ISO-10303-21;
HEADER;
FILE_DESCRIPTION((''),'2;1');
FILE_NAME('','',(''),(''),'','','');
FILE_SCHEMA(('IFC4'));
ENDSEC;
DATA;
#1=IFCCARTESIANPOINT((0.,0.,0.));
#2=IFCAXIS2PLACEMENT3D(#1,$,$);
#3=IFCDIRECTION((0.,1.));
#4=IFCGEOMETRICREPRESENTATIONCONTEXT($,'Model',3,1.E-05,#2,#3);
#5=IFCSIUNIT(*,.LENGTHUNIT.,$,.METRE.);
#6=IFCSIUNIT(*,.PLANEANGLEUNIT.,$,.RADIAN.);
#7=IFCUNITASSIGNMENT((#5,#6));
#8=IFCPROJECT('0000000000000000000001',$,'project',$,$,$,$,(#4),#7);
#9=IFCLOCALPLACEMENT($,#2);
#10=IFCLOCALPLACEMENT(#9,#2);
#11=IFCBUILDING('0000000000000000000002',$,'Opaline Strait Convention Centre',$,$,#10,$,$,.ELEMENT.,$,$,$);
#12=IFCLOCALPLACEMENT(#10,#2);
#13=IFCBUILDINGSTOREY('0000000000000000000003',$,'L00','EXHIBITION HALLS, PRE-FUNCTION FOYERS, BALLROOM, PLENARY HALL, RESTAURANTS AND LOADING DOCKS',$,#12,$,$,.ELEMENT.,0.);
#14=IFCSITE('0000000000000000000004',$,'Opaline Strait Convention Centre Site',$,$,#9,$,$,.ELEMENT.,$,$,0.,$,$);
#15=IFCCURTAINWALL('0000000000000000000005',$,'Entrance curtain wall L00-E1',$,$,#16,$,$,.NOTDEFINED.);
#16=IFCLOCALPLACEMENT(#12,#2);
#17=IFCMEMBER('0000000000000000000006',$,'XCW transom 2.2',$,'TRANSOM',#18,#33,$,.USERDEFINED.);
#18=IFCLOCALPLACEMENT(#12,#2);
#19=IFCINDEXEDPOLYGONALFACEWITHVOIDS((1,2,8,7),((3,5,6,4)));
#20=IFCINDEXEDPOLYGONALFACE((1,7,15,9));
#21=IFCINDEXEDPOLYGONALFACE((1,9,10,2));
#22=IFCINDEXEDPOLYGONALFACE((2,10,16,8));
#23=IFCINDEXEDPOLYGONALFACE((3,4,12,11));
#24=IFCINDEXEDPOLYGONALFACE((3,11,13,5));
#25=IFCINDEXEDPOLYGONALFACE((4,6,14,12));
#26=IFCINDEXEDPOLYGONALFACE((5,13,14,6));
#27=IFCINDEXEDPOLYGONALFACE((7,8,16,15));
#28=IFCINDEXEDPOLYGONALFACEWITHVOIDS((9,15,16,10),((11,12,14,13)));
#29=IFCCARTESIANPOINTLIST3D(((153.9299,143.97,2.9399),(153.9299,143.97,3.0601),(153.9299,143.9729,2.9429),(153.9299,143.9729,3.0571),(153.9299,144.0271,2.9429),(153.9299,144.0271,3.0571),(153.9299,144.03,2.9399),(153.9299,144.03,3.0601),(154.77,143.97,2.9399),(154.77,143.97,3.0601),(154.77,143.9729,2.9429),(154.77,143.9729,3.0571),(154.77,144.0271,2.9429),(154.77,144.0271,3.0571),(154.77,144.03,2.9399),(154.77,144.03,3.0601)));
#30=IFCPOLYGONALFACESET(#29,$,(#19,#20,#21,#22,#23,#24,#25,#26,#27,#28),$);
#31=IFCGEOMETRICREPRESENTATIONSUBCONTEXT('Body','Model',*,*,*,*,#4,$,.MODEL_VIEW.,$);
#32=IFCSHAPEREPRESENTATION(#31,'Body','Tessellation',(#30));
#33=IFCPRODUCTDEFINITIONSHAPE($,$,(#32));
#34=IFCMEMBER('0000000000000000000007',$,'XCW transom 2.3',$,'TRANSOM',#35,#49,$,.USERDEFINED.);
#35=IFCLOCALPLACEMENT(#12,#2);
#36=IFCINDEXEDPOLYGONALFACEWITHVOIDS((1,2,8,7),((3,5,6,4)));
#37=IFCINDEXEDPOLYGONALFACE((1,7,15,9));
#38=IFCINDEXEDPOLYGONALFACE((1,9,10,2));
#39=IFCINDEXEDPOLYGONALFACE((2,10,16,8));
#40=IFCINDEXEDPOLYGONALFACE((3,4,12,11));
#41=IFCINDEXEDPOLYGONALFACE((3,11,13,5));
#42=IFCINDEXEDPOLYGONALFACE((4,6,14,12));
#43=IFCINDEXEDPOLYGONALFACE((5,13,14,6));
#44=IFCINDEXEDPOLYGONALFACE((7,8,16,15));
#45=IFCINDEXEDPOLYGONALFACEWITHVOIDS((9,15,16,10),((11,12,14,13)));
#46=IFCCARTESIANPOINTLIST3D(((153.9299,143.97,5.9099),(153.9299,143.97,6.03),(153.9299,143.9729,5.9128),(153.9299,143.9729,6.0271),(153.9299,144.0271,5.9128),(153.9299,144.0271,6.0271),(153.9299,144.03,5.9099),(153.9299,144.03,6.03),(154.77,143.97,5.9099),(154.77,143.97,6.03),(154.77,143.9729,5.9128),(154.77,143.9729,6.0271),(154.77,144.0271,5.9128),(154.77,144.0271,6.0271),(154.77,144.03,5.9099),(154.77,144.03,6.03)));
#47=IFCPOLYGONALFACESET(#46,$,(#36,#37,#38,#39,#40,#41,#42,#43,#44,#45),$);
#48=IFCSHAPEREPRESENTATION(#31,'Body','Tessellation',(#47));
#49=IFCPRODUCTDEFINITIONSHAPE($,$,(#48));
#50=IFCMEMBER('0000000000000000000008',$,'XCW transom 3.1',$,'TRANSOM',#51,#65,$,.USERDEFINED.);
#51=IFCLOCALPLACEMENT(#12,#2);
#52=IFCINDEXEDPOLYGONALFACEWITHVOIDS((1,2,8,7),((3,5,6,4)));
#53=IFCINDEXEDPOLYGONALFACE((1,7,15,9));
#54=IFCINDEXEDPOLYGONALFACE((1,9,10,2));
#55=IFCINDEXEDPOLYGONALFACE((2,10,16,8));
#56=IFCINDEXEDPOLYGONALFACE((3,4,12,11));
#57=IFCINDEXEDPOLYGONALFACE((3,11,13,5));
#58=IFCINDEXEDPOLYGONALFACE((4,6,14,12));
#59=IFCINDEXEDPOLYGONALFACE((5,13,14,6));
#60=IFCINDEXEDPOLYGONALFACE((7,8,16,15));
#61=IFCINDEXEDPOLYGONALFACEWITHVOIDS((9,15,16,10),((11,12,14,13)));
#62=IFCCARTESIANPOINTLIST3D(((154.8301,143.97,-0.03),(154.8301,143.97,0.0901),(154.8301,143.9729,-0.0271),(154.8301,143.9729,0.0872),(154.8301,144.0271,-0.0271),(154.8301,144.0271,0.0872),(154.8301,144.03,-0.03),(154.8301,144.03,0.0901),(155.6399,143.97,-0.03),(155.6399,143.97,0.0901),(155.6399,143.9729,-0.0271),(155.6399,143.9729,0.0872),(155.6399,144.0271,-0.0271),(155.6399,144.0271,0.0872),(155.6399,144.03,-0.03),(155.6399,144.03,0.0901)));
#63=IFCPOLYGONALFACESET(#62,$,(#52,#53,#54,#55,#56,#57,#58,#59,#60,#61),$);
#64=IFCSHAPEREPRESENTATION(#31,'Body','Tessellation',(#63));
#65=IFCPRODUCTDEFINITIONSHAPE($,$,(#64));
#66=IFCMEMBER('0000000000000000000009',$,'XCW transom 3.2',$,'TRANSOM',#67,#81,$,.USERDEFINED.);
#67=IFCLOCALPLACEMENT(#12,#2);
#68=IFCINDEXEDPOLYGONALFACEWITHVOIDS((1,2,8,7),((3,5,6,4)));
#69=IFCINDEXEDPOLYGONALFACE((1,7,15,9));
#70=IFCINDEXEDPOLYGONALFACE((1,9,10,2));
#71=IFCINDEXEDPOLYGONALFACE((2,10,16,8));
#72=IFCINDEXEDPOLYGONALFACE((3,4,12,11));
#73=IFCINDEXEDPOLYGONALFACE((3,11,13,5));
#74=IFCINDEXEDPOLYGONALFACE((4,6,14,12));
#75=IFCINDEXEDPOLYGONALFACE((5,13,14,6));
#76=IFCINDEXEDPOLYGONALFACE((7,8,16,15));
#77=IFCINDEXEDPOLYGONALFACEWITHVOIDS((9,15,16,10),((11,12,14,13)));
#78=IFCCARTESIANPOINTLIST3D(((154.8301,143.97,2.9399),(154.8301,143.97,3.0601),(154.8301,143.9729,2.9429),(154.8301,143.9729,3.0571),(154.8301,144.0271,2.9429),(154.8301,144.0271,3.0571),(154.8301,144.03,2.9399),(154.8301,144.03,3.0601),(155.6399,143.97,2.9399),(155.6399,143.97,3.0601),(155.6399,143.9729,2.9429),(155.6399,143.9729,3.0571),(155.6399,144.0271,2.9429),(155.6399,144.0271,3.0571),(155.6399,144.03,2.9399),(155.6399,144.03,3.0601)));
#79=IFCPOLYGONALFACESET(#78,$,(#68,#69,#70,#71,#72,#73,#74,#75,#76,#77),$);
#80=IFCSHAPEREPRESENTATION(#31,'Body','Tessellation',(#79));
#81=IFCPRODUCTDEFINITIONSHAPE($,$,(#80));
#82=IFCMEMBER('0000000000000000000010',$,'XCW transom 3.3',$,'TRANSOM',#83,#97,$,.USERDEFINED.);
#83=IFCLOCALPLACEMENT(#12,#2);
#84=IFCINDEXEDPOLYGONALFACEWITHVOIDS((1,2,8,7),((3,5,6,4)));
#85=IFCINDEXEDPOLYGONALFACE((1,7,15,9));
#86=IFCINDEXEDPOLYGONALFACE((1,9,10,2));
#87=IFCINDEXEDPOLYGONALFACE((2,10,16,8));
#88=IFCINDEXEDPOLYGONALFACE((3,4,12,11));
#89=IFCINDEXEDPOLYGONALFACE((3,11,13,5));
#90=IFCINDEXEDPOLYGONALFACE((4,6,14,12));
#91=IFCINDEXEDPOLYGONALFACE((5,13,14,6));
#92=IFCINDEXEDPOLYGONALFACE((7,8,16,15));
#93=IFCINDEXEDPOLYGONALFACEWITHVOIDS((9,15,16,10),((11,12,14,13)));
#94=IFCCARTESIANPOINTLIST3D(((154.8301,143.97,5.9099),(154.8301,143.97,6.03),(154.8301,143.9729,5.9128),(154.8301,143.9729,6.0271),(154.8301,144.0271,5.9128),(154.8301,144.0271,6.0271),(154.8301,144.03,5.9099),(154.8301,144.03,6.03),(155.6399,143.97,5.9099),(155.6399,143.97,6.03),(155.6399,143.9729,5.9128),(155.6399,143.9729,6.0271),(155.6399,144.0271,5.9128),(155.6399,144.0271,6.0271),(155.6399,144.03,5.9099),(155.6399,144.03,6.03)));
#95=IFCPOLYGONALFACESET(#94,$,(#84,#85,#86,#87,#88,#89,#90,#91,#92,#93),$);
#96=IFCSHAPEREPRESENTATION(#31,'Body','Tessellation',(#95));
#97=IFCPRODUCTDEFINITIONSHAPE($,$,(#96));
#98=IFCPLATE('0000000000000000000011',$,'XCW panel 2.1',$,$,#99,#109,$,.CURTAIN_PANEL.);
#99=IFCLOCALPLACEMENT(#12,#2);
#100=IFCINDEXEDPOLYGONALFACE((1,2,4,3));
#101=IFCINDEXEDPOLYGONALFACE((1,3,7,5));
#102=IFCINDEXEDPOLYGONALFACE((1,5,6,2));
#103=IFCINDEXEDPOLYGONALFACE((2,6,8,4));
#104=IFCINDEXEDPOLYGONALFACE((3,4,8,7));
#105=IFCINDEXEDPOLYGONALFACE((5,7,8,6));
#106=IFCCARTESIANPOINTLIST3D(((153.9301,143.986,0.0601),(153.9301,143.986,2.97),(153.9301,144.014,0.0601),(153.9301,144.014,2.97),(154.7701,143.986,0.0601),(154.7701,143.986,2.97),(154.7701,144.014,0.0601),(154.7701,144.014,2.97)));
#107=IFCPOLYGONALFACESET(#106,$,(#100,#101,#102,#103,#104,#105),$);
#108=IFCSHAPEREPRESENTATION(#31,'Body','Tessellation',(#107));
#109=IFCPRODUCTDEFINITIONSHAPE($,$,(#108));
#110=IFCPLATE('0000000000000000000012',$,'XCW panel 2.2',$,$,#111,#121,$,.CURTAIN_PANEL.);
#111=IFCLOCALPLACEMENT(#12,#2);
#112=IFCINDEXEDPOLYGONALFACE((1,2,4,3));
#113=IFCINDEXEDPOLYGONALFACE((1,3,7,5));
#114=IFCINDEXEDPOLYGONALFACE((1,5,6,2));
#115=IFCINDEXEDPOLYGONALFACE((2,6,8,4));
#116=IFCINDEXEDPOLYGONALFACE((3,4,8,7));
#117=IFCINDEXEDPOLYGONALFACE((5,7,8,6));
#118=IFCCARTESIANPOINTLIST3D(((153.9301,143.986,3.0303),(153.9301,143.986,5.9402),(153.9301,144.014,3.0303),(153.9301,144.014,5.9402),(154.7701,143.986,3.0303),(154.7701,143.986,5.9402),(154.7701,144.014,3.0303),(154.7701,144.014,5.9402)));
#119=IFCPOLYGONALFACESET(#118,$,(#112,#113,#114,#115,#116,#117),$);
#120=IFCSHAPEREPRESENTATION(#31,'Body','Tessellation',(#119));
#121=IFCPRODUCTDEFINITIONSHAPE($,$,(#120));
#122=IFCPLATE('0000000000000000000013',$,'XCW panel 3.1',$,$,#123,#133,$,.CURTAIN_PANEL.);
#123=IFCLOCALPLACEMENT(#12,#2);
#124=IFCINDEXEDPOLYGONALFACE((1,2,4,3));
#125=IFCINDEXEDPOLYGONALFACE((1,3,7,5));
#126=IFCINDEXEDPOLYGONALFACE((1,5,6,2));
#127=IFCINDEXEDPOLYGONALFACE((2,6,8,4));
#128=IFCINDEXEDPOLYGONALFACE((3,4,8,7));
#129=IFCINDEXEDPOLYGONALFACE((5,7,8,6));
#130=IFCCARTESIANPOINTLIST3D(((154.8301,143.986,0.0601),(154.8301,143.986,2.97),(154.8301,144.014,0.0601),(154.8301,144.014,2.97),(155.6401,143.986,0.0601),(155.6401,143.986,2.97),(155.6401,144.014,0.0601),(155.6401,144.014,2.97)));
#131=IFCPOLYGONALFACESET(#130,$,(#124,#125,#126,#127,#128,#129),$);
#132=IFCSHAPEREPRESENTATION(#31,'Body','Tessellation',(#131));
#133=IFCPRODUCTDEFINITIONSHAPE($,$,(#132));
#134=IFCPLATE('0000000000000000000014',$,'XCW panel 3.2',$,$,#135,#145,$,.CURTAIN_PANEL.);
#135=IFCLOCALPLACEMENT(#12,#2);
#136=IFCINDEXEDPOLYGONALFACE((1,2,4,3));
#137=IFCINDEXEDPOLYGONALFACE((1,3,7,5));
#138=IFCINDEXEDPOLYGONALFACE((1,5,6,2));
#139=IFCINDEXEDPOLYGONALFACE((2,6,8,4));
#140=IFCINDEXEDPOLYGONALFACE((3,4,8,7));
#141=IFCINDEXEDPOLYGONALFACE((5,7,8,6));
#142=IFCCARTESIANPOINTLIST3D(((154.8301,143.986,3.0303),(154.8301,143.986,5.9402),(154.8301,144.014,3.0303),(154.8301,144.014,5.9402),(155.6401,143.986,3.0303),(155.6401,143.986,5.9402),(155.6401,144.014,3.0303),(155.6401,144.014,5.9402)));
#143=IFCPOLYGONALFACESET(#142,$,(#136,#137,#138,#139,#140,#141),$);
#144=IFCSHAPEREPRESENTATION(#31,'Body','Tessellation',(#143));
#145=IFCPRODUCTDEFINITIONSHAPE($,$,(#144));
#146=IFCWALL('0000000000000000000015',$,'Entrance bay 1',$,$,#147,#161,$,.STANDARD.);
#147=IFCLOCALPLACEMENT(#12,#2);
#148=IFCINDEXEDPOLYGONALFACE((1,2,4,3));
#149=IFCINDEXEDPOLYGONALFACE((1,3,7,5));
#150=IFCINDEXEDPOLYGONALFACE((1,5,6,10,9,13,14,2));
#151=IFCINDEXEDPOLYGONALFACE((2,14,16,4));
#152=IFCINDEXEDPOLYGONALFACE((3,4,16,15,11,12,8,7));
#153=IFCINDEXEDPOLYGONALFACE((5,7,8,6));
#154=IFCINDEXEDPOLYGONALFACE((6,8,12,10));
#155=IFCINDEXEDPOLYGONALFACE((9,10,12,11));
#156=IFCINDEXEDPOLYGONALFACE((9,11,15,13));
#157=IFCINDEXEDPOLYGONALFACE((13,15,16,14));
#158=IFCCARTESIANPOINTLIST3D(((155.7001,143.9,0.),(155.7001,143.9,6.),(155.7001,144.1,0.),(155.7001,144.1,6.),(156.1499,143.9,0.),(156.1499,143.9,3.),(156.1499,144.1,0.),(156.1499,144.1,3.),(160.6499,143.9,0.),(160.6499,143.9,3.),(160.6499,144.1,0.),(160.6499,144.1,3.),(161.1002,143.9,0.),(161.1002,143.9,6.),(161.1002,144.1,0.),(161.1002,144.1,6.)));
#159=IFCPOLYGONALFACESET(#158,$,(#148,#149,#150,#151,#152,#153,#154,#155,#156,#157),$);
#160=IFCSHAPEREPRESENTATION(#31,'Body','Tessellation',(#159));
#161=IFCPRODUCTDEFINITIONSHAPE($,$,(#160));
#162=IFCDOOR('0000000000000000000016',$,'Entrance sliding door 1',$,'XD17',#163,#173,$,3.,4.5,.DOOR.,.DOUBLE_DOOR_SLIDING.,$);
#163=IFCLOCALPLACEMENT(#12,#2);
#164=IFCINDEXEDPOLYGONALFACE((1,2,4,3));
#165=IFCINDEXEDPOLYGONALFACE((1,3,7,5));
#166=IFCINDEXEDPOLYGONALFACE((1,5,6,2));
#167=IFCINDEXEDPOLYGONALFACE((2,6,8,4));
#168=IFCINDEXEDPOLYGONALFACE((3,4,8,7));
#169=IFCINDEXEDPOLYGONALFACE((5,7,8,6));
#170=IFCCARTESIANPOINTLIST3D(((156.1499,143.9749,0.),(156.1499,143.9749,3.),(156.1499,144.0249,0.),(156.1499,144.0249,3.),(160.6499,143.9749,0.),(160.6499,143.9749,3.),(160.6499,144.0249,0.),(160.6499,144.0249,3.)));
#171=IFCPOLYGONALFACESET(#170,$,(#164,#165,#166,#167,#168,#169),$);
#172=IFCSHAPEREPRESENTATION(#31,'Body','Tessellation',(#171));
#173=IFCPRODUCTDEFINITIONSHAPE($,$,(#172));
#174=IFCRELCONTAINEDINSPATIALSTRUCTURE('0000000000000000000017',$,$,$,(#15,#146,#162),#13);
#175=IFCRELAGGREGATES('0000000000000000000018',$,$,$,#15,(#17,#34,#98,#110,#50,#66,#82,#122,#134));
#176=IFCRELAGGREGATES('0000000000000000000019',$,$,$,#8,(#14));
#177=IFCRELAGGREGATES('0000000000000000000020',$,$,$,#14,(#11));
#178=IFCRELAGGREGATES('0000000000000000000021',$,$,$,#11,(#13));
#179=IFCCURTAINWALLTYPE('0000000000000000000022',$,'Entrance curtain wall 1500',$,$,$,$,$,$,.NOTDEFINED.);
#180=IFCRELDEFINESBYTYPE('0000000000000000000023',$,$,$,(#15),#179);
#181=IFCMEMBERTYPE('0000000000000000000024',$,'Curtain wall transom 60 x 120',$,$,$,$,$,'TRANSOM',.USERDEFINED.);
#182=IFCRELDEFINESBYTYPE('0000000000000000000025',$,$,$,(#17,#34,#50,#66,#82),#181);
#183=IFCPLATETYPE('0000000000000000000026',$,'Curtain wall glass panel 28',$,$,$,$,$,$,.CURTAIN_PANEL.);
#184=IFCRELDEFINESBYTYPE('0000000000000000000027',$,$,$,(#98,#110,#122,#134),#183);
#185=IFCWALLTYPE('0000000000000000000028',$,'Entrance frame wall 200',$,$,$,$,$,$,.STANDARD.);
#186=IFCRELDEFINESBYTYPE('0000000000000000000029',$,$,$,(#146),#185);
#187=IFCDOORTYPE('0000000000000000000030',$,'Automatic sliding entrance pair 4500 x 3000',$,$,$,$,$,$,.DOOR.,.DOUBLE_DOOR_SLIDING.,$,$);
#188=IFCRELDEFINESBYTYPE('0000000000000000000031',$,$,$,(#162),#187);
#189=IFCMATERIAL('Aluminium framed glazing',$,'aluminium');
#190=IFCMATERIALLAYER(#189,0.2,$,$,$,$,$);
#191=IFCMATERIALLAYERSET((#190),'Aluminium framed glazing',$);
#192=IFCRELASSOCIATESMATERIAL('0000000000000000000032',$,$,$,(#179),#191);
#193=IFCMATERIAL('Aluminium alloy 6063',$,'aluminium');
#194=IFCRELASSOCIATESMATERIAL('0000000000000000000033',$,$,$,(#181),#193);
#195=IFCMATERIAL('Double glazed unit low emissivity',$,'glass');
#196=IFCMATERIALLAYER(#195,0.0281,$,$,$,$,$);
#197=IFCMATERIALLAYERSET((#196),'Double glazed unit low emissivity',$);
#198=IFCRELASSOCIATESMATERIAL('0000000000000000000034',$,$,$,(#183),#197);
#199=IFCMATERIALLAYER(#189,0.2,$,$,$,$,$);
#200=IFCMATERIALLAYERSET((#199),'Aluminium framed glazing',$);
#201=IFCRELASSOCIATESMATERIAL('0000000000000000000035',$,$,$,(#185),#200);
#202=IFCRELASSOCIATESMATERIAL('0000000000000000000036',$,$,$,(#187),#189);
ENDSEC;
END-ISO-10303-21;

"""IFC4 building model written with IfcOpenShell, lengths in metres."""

from ifc_helpers import new_model, si_unit, direction, frame, frame_2d, origin, origin_2d, place, context, subcontext, project, spatial, rectangle, hollow_rectangle, extrude, material, layer, layer_set, material_profile, profile_set, type_object, element, fill, aggregate, save


model = new_model("IFC4")

# Units and contexts
model_context = context("Model", 3, precision=1e-05, world=origin(), true_north=direction((0.0, 1.0)))
body_context = subcontext(model_context, "Body", "Model", "MODEL_VIEW")
ifc_project = project(units=[si_unit("LENGTHUNIT", "METRE"), si_unit("PLANEANGLEUNIT", "RADIAN")], contexts=[model_context])

# Site, building, storey
site_placement = place(None, origin())
site = spatial("IfcSite", under=ifc_project, at=site_placement, Name="Opaline Strait Convention Centre Site", CompositionType="ELEMENT", RefElevation=0.0)
building_placement = place(site_placement, origin())
building = spatial("IfcBuilding", under=site, at=building_placement, Name="Opaline Strait Convention Centre", CompositionType="ELEMENT")
storey_placement = place(building_placement, origin())
storey = spatial("IfcBuildingStorey", under=building, at=storey_placement, Name="L00", Description="EXHIBITION HALLS, PRE-FUNCTION FOYERS, BALLROOM, PLENARY HALL, RESTAURANTS AND LOADING DOCKS", CompositionType="ELEMENT", Elevation=0.0)

# Curtain wall, members, plates
ifc_material_1 = material(Name="Aluminium framed glazing", Category="aluminium")
ifc_layer_1 = layer(ifc_material_1, 0.2)
ifc_layer_set_1 = layer_set([ifc_layer_1], Name="Aluminium framed glazing")
curtain_wall_type = type_object("IfcCurtainWallType", Name="Entrance curtain wall 1500", PredefinedType="NOTDEFINED", material=ifc_layer_set_1)
curtain_wall_placement = place(storey_placement, origin())
curtain_wall = element("IfcCurtainWall", 1, at=curtain_wall_placement, inside=storey, type_object=curtain_wall_type, Name="Entrance curtain wall L00-E1", PredefinedType="NOTDEFINED")
ifc_material_2 = material(Name="Aluminium alloy 6063", Category="aluminium")
ifc_material_profile_1 = material_profile(ifc_material_2, hollow_rectangle(XDim=0.0601, YDim=0.1201, WallThickness=0.0029, at=origin_2d()), Name="TRANSOM 60x120x3")
ifc_profile_set_1 = profile_set([ifc_material_profile_1], Name="Aluminium alloy 6063")
member_type_1 = type_object("IfcMemberType", Name="Curtain wall transom 60 x 120", ElementType="TRANSOM", PredefinedType="USERDEFINED", material=ifc_profile_set_1)
member_1_placement = place(storey_placement, frame((153.9299, 144.0, 3.0), z_axis=(1.0, 0.0, 0.0), x_axis=(0.0, 1.0, 0.0)))
member_1 = element("IfcMember", 2, at=member_1_placement, type_object=member_type_1, Name="XCW transom 2.2", ObjectType="TRANSOM", PredefinedType="USERDEFINED", context=body_context, shape_type="SweptSolid", body=[
    extrude(hollow_rectangle(XDim=0.0601, YDim=0.1201, WallThickness=0.0029, at=origin_2d()), origin(), (0.0, 0.0, 1.0), 0.8401),
])
member_2_placement = place(storey_placement, frame((153.9299, 144.0, 5.97), z_axis=(1.0, 0.0, 0.0), x_axis=(0.0, 1.0, 0.0)))
member_2 = element("IfcMember", 3, at=member_2_placement, type_object=member_type_1, Name="XCW transom 2.3", ObjectType="TRANSOM", PredefinedType="USERDEFINED", context=body_context, shape_type="SweptSolid", body=[
    extrude(hollow_rectangle(XDim=0.0601, YDim=0.1201, WallThickness=0.0029, at=origin_2d()), origin(), (0.0, 0.0, 1.0), 0.8401),
])
member_3_placement = place(storey_placement, frame((154.8301, 144.0, 0.03), z_axis=(1.0, 0.0, 0.0), x_axis=(0.0, 1.0, 0.0)))
member_3 = element("IfcMember", 4, at=member_3_placement, type_object=member_type_1, Name="XCW transom 3.1", ObjectType="TRANSOM", PredefinedType="USERDEFINED", context=body_context, shape_type="SweptSolid", body=[
    extrude(hollow_rectangle(XDim=0.0601, YDim=0.1201, WallThickness=0.0029, at=origin_2d()), origin(), (0.0, 0.0, 1.0), 0.8098),
])
member_4_placement = place(storey_placement, frame((154.8301, 144.0, 3.0), z_axis=(1.0, 0.0, 0.0), x_axis=(0.0, 1.0, 0.0)))
member_4 = element("IfcMember", 5, at=member_4_placement, type_object=member_type_1, Name="XCW transom 3.2", ObjectType="TRANSOM", PredefinedType="USERDEFINED", context=body_context, shape_type="SweptSolid", body=[
    extrude(hollow_rectangle(XDim=0.0601, YDim=0.1201, WallThickness=0.0029, at=origin_2d()), origin(), (0.0, 0.0, 1.0), 0.8098),
])
member_5_placement = place(storey_placement, frame((154.8301, 144.0, 5.97), z_axis=(1.0, 0.0, 0.0), x_axis=(0.0, 1.0, 0.0)))
member_5 = element("IfcMember", 6, at=member_5_placement, type_object=member_type_1, Name="XCW transom 3.3", ObjectType="TRANSOM", PredefinedType="USERDEFINED", context=body_context, shape_type="SweptSolid", body=[
    extrude(hollow_rectangle(XDim=0.0601, YDim=0.1201, WallThickness=0.0029, at=origin_2d()), origin(), (0.0, 0.0, 1.0), 0.8098),
])
ifc_material_3 = material(Name="Double glazed unit low emissivity", Category="glass")
ifc_layer_2 = layer(ifc_material_3, 0.0281)
ifc_layer_set_2 = layer_set([ifc_layer_2], Name="Double glazed unit low emissivity")
plate_type = type_object("IfcPlateType", Name="Curtain wall glass panel 28", PredefinedType="CURTAIN_PANEL", material=ifc_layer_set_2)
plate_1_placement = place(storey_placement, frame((154.3501, 144.0, 0.0601), z_axis=(0.0, 0.0, 1.0), x_axis=(1.0, 0.0, 0.0)))
plate_1 = element("IfcPlate", 7, at=plate_1_placement, type_object=plate_type, Name="XCW panel 2.1", PredefinedType="CURTAIN_PANEL", context=body_context, shape_type="SweptSolid", body=[
    extrude(rectangle(XDim=0.8401, YDim=0.0281, at=origin_2d()), origin(), (0.0, 0.0, 1.0), 2.9099),
])
plate_2_placement = place(storey_placement, frame((154.3501, 144.0, 3.0303), z_axis=(0.0, 0.0, 1.0), x_axis=(1.0, 0.0, 0.0)))
plate_2 = element("IfcPlate", 8, at=plate_2_placement, type_object=plate_type, Name="XCW panel 2.2", PredefinedType="CURTAIN_PANEL", context=body_context, shape_type="SweptSolid", body=[
    extrude(rectangle(XDim=0.8401, YDim=0.0281, at=origin_2d()), origin(), (0.0, 0.0, 1.0), 2.9099),
])
plate_3_placement = place(storey_placement, frame((155.2351, 144.0, 0.0601), z_axis=(0.0, 0.0, 1.0), x_axis=(1.0, 0.0, 0.0)))
plate_3 = element("IfcPlate", 9, at=plate_3_placement, type_object=plate_type, Name="XCW panel 3.1", PredefinedType="CURTAIN_PANEL", context=body_context, shape_type="SweptSolid", body=[
    extrude(rectangle(XDim=0.8101, YDim=0.0281, at=origin_2d()), origin(), (0.0, 0.0, 1.0), 2.9099),
])
plate_4_placement = place(storey_placement, frame((155.2351, 144.0, 3.0303), z_axis=(0.0, 0.0, 1.0), x_axis=(1.0, 0.0, 0.0)))
plate_4 = element("IfcPlate", 10, at=plate_4_placement, type_object=plate_type, Name="XCW panel 3.2", PredefinedType="CURTAIN_PANEL", context=body_context, shape_type="SweptSolid", body=[
    extrude(rectangle(XDim=0.8101, YDim=0.0281, at=origin_2d()), origin(), (0.0, 0.0, 1.0), 2.9099),
])
aggregate(curtain_wall, [member_1, member_2, plate_1, plate_2, member_3, member_4, member_5, plate_3, plate_4])

# Wall, opening, door
ifc_layer_3 = layer(ifc_material_1, 0.2)
ifc_layer_set_3 = layer_set([ifc_layer_3], Name="Aluminium framed glazing")
wall_type_1 = type_object("IfcWallType", Name="Entrance frame wall 200", PredefinedType="STANDARD", material=ifc_layer_set_3)
wall_1_placement = place(storey_placement, frame((155.7, 144.0, 0.0), z_axis=(0.0, 0.0, 1.0), x_axis=(1.0, 0.0, 0.0)))
wall_1 = element("IfcWall", 11, at=wall_1_placement, inside=storey, type_object=wall_type_1, Name="Entrance bay 1", PredefinedType="STANDARD", context=body_context, shape_type="SweptSolid", body=[
    extrude(rectangle(XDim=5.4001, YDim=0.2, at=frame_2d((2.7002, 0.0))), origin(), (0.0, 0.0, 1.0), 6.0),
])
opening_1_placement = place(wall_1_placement, frame((0.45, 0.0, 0.0)))
opening_1 = element("IfcOpeningElement", 12, at=opening_1_placement, cuts=wall_1, PredefinedType="OPENING", context=body_context, shape_type="SweptSolid", body=[
    extrude(rectangle(XDim=4.5, YDim=3.0, at=frame_2d((2.25, 1.5))), frame((0.0, 0.1099, 0.0), z_axis=(0.0, -1.0, 0.0), x_axis=(1.0, 0.0, 0.0)), (0.0, 0.0, 1.0), 0.22),
])
door_type = type_object("IfcDoorType", Name="Automatic sliding entrance pair 4500 x 3000", OperationType="DOUBLE_DOOR_SLIDING", PredefinedType="DOOR", material=ifc_material_1)
door_1_placement = place(opening_1_placement, origin())
door_1 = element("IfcDoor", 13, at=door_1_placement, inside=storey, type_object=door_type, Name="Entrance sliding door 1", ObjectType="XD17", OperationType="DOUBLE_DOOR_SLIDING", OverallHeight=3.0, OverallWidth=4.5, PredefinedType="DOOR", context=body_context, shape_type="SweptSolid", body=[
    extrude(rectangle(XDim=4.5, YDim=3.0, at=frame_2d((2.25, 1.5))), frame((0.0, 0.0249, 0.0), z_axis=(0.0, -1.0, 0.0), x_axis=(1.0, 0.0, 0.0)), (0.0, 0.0, 1.0), 0.05),
])
fill(opening_1, door_1)

save(model, "model.ifc")
